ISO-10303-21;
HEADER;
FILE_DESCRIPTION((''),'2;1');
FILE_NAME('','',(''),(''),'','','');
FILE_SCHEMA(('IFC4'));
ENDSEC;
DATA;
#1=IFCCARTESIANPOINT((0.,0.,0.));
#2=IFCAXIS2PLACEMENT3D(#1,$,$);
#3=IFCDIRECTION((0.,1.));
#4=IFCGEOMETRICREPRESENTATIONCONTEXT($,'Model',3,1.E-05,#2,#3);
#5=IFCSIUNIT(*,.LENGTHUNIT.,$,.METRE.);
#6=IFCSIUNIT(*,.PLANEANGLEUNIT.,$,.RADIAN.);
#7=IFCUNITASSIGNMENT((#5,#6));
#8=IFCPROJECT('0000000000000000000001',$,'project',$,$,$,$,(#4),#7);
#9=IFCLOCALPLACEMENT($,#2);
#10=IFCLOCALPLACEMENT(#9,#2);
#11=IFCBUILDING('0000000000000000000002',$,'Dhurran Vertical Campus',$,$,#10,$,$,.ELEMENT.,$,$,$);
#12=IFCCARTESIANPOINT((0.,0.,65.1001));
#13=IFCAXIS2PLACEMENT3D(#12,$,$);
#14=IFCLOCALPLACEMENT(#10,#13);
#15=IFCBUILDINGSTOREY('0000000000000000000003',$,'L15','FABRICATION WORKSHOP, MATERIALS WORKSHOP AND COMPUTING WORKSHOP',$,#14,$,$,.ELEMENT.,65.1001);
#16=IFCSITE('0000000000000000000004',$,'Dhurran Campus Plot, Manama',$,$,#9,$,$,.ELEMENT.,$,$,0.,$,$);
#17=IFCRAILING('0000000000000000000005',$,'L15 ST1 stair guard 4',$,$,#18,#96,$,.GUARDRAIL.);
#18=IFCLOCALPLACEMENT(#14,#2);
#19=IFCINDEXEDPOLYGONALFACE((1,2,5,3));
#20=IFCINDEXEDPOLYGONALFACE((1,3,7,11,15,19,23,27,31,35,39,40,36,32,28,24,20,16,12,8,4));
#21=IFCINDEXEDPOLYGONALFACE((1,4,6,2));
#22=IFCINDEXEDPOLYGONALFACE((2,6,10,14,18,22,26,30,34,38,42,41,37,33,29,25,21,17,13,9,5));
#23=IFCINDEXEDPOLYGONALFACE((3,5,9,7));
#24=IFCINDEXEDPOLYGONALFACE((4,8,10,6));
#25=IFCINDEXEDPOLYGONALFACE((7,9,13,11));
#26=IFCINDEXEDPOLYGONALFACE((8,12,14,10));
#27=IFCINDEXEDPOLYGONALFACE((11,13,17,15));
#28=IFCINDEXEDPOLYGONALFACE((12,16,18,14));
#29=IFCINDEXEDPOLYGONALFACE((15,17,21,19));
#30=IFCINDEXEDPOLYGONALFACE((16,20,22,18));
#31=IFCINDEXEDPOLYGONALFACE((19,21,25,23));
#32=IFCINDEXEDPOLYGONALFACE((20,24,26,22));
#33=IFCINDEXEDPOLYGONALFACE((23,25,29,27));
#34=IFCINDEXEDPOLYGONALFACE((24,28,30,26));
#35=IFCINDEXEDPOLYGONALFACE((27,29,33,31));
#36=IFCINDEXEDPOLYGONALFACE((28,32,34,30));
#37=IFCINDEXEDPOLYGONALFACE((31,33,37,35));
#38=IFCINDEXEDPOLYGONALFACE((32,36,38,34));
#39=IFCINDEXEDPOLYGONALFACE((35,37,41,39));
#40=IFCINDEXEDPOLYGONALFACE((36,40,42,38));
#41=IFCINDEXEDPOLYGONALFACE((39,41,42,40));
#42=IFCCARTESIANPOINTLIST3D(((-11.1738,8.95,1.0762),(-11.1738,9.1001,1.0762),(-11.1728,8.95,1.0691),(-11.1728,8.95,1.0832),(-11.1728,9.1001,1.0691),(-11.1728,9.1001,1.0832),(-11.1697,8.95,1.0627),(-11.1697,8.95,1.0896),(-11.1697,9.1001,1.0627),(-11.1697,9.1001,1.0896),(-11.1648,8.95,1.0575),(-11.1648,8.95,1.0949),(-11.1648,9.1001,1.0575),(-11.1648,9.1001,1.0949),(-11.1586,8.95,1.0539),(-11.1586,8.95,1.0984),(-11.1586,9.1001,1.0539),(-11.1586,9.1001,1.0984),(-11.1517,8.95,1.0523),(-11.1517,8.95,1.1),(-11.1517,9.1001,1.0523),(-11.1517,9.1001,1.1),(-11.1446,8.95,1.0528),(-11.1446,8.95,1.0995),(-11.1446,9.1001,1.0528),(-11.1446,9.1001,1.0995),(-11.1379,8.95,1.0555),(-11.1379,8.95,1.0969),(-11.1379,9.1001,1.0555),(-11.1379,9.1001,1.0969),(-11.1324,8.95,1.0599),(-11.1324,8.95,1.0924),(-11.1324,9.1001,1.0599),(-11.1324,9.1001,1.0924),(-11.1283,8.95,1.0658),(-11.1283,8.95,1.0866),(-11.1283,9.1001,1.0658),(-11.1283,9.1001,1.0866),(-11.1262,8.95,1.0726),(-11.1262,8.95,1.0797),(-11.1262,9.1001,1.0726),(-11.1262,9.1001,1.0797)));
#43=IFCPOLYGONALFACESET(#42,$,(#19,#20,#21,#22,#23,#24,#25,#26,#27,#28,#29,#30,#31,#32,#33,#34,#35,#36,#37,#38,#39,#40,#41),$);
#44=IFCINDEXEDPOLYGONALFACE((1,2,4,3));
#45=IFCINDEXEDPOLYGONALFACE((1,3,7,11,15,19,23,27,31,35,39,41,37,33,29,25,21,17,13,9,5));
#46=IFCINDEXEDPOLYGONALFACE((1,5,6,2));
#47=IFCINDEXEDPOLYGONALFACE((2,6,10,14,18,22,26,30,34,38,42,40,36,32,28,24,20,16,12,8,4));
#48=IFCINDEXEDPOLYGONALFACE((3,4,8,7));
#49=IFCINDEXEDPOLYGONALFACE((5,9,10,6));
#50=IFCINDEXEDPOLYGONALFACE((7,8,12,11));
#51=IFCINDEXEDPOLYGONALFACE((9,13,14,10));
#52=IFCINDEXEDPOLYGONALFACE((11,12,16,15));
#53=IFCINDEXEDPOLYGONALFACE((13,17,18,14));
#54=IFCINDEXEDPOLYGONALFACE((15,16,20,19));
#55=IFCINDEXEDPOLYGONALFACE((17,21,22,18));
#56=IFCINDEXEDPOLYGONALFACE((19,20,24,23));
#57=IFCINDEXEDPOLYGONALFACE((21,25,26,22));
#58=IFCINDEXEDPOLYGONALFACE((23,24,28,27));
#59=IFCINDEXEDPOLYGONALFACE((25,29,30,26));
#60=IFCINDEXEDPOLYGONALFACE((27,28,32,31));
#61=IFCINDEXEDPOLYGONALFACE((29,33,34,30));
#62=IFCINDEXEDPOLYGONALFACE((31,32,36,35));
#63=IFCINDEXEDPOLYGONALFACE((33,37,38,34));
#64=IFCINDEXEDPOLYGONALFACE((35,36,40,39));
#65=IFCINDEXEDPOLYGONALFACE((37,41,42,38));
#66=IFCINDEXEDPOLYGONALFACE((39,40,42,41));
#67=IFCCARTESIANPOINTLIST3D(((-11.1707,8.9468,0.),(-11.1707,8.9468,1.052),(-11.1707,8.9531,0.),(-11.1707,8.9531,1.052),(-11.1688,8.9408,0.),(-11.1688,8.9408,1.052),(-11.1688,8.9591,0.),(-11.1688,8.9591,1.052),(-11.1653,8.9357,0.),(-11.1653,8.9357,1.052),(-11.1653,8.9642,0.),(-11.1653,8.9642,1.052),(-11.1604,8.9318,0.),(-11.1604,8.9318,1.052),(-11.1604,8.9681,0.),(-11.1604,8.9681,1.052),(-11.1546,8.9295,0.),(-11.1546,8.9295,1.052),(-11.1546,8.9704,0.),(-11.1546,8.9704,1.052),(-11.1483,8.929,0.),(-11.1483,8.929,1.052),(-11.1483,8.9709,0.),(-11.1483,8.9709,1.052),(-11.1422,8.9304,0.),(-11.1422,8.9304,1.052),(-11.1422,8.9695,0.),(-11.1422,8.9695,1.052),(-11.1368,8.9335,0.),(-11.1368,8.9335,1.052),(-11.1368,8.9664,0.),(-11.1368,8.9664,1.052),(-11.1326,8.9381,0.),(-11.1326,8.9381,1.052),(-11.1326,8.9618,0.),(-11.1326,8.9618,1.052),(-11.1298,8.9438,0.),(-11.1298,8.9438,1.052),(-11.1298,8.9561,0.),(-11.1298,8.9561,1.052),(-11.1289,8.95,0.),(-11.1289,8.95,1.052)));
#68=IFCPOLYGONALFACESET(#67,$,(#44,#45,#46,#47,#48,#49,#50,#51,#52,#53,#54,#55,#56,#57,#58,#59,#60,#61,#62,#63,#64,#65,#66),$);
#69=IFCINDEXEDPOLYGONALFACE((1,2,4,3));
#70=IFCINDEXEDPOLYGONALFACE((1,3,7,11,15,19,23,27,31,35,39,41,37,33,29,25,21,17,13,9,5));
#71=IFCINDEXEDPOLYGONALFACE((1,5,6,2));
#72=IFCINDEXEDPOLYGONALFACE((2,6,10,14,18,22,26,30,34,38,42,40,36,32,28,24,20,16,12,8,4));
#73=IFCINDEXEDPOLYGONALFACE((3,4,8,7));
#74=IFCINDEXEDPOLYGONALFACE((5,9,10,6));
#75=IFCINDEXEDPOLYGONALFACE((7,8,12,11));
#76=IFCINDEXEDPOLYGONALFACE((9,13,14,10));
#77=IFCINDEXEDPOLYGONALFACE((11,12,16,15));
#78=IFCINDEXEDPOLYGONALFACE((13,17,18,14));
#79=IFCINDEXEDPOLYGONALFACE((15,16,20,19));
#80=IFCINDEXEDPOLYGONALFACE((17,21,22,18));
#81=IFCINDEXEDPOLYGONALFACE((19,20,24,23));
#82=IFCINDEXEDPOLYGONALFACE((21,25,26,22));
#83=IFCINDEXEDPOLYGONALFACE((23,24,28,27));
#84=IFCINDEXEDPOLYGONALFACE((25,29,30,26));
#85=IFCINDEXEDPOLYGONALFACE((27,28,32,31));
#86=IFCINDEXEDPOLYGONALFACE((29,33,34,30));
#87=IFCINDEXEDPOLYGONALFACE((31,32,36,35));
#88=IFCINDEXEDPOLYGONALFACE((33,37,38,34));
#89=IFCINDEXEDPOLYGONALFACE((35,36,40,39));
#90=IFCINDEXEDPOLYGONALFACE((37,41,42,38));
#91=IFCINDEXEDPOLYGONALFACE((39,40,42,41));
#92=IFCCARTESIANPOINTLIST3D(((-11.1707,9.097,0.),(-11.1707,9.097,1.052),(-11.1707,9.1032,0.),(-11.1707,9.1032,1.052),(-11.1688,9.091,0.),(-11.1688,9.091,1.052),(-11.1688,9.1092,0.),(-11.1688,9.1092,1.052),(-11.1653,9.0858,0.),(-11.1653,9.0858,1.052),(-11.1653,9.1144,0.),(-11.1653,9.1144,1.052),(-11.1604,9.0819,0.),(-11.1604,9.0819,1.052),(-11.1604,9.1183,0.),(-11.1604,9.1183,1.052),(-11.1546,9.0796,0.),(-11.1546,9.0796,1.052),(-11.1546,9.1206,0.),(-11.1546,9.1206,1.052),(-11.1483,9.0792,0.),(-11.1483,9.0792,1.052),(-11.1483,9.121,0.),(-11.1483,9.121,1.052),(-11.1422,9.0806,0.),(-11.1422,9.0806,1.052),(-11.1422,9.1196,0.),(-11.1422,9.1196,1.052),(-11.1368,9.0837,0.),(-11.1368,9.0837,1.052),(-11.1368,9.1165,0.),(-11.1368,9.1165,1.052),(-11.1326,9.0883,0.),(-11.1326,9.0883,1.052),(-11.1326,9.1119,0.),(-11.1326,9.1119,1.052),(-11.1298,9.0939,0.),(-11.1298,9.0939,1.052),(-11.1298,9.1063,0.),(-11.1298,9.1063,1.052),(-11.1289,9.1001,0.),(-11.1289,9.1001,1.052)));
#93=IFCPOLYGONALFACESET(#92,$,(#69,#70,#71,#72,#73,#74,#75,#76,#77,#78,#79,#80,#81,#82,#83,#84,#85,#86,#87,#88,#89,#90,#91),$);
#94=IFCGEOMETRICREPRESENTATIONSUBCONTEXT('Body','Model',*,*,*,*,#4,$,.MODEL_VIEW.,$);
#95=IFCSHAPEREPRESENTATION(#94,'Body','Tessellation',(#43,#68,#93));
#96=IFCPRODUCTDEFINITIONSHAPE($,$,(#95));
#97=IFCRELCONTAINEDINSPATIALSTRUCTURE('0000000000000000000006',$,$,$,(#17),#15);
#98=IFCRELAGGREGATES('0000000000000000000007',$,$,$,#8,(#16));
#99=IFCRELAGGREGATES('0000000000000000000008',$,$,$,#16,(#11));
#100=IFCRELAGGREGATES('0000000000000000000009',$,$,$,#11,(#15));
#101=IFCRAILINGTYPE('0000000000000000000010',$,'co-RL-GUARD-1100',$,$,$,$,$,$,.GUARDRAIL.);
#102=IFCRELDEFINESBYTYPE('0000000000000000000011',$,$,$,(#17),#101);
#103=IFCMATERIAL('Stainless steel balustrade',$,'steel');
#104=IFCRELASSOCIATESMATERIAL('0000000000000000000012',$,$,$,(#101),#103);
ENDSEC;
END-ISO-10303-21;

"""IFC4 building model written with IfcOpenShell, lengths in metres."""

from ifc_helpers import new_model, si_unit, direction, frame, origin, origin_2d, place, context, subcontext, project, spatial, circle, extrude, material, type_object, element, save


model = new_model("IFC4")

# Units and contexts
model_context = context("Model", 3, precision=1e-05, world=origin(), true_north=direction((0.0, 1.0)))
body_context = subcontext(model_context, "Body", "Model", "MODEL_VIEW")
ifc_project = project(units=[si_unit("LENGTHUNIT", "METRE"), si_unit("PLANEANGLEUNIT", "RADIAN")], contexts=[model_context])

# Site, building, storey
site_placement = place(None, origin())
site = spatial("IfcSite", under=ifc_project, at=site_placement, Name="Dhurran Campus Plot, Manama", CompositionType="ELEMENT", RefElevation=0.0)
building_placement = place(site_placement, origin())
building = spatial("IfcBuilding", under=site, at=building_placement, Name="Dhurran Vertical Campus", CompositionType="ELEMENT")
storey_placement = place(building_placement, frame((0.0, 0.0, 65.1001)))
storey = spatial("IfcBuildingStorey", under=building, at=storey_placement, Name="L15", Description="FABRICATION WORKSHOP, MATERIALS WORKSHOP AND COMPUTING WORKSHOP", CompositionType="ELEMENT", Elevation=65.1001)

# Railing
ifc_material_1 = material(Name="Stainless steel balustrade", Category="steel")
railing_type_1 = type_object("IfcRailingType", Name="co-RL-GUARD-1100", PredefinedType="GUARDRAIL", material=ifc_material_1)
railing_1_placement = place(storey_placement, frame((-11.1499, 8.95, 0.0)))
element("IfcRailing", 1, at=railing_1_placement, inside=storey, type_object=railing_type_1, Name="L15 ST1 stair guard 4", PredefinedType="GUARDRAIL", context=body_context, shape_type="SweptSolid", body=[
    extrude(circle(Radius=0.0239, at=origin_2d()), frame((0.0, 0.0, 1.0762), z_axis=(0.0, 1.0, 0.0), x_axis=(-1.0, 0.0, 0.0)), (0.0, 0.0, 1.0), 0.1501),
    extrude(circle(Radius=0.021, at=origin_2d()), origin(), (0.0, 0.0, 1.0), 1.052),
    extrude(circle(Radius=0.021, at=origin_2d()), frame((0.0, 0.1501, 0.0)), (0.0, 0.0, 1.0), 1.052),
])

save(model, "model.ifc")
